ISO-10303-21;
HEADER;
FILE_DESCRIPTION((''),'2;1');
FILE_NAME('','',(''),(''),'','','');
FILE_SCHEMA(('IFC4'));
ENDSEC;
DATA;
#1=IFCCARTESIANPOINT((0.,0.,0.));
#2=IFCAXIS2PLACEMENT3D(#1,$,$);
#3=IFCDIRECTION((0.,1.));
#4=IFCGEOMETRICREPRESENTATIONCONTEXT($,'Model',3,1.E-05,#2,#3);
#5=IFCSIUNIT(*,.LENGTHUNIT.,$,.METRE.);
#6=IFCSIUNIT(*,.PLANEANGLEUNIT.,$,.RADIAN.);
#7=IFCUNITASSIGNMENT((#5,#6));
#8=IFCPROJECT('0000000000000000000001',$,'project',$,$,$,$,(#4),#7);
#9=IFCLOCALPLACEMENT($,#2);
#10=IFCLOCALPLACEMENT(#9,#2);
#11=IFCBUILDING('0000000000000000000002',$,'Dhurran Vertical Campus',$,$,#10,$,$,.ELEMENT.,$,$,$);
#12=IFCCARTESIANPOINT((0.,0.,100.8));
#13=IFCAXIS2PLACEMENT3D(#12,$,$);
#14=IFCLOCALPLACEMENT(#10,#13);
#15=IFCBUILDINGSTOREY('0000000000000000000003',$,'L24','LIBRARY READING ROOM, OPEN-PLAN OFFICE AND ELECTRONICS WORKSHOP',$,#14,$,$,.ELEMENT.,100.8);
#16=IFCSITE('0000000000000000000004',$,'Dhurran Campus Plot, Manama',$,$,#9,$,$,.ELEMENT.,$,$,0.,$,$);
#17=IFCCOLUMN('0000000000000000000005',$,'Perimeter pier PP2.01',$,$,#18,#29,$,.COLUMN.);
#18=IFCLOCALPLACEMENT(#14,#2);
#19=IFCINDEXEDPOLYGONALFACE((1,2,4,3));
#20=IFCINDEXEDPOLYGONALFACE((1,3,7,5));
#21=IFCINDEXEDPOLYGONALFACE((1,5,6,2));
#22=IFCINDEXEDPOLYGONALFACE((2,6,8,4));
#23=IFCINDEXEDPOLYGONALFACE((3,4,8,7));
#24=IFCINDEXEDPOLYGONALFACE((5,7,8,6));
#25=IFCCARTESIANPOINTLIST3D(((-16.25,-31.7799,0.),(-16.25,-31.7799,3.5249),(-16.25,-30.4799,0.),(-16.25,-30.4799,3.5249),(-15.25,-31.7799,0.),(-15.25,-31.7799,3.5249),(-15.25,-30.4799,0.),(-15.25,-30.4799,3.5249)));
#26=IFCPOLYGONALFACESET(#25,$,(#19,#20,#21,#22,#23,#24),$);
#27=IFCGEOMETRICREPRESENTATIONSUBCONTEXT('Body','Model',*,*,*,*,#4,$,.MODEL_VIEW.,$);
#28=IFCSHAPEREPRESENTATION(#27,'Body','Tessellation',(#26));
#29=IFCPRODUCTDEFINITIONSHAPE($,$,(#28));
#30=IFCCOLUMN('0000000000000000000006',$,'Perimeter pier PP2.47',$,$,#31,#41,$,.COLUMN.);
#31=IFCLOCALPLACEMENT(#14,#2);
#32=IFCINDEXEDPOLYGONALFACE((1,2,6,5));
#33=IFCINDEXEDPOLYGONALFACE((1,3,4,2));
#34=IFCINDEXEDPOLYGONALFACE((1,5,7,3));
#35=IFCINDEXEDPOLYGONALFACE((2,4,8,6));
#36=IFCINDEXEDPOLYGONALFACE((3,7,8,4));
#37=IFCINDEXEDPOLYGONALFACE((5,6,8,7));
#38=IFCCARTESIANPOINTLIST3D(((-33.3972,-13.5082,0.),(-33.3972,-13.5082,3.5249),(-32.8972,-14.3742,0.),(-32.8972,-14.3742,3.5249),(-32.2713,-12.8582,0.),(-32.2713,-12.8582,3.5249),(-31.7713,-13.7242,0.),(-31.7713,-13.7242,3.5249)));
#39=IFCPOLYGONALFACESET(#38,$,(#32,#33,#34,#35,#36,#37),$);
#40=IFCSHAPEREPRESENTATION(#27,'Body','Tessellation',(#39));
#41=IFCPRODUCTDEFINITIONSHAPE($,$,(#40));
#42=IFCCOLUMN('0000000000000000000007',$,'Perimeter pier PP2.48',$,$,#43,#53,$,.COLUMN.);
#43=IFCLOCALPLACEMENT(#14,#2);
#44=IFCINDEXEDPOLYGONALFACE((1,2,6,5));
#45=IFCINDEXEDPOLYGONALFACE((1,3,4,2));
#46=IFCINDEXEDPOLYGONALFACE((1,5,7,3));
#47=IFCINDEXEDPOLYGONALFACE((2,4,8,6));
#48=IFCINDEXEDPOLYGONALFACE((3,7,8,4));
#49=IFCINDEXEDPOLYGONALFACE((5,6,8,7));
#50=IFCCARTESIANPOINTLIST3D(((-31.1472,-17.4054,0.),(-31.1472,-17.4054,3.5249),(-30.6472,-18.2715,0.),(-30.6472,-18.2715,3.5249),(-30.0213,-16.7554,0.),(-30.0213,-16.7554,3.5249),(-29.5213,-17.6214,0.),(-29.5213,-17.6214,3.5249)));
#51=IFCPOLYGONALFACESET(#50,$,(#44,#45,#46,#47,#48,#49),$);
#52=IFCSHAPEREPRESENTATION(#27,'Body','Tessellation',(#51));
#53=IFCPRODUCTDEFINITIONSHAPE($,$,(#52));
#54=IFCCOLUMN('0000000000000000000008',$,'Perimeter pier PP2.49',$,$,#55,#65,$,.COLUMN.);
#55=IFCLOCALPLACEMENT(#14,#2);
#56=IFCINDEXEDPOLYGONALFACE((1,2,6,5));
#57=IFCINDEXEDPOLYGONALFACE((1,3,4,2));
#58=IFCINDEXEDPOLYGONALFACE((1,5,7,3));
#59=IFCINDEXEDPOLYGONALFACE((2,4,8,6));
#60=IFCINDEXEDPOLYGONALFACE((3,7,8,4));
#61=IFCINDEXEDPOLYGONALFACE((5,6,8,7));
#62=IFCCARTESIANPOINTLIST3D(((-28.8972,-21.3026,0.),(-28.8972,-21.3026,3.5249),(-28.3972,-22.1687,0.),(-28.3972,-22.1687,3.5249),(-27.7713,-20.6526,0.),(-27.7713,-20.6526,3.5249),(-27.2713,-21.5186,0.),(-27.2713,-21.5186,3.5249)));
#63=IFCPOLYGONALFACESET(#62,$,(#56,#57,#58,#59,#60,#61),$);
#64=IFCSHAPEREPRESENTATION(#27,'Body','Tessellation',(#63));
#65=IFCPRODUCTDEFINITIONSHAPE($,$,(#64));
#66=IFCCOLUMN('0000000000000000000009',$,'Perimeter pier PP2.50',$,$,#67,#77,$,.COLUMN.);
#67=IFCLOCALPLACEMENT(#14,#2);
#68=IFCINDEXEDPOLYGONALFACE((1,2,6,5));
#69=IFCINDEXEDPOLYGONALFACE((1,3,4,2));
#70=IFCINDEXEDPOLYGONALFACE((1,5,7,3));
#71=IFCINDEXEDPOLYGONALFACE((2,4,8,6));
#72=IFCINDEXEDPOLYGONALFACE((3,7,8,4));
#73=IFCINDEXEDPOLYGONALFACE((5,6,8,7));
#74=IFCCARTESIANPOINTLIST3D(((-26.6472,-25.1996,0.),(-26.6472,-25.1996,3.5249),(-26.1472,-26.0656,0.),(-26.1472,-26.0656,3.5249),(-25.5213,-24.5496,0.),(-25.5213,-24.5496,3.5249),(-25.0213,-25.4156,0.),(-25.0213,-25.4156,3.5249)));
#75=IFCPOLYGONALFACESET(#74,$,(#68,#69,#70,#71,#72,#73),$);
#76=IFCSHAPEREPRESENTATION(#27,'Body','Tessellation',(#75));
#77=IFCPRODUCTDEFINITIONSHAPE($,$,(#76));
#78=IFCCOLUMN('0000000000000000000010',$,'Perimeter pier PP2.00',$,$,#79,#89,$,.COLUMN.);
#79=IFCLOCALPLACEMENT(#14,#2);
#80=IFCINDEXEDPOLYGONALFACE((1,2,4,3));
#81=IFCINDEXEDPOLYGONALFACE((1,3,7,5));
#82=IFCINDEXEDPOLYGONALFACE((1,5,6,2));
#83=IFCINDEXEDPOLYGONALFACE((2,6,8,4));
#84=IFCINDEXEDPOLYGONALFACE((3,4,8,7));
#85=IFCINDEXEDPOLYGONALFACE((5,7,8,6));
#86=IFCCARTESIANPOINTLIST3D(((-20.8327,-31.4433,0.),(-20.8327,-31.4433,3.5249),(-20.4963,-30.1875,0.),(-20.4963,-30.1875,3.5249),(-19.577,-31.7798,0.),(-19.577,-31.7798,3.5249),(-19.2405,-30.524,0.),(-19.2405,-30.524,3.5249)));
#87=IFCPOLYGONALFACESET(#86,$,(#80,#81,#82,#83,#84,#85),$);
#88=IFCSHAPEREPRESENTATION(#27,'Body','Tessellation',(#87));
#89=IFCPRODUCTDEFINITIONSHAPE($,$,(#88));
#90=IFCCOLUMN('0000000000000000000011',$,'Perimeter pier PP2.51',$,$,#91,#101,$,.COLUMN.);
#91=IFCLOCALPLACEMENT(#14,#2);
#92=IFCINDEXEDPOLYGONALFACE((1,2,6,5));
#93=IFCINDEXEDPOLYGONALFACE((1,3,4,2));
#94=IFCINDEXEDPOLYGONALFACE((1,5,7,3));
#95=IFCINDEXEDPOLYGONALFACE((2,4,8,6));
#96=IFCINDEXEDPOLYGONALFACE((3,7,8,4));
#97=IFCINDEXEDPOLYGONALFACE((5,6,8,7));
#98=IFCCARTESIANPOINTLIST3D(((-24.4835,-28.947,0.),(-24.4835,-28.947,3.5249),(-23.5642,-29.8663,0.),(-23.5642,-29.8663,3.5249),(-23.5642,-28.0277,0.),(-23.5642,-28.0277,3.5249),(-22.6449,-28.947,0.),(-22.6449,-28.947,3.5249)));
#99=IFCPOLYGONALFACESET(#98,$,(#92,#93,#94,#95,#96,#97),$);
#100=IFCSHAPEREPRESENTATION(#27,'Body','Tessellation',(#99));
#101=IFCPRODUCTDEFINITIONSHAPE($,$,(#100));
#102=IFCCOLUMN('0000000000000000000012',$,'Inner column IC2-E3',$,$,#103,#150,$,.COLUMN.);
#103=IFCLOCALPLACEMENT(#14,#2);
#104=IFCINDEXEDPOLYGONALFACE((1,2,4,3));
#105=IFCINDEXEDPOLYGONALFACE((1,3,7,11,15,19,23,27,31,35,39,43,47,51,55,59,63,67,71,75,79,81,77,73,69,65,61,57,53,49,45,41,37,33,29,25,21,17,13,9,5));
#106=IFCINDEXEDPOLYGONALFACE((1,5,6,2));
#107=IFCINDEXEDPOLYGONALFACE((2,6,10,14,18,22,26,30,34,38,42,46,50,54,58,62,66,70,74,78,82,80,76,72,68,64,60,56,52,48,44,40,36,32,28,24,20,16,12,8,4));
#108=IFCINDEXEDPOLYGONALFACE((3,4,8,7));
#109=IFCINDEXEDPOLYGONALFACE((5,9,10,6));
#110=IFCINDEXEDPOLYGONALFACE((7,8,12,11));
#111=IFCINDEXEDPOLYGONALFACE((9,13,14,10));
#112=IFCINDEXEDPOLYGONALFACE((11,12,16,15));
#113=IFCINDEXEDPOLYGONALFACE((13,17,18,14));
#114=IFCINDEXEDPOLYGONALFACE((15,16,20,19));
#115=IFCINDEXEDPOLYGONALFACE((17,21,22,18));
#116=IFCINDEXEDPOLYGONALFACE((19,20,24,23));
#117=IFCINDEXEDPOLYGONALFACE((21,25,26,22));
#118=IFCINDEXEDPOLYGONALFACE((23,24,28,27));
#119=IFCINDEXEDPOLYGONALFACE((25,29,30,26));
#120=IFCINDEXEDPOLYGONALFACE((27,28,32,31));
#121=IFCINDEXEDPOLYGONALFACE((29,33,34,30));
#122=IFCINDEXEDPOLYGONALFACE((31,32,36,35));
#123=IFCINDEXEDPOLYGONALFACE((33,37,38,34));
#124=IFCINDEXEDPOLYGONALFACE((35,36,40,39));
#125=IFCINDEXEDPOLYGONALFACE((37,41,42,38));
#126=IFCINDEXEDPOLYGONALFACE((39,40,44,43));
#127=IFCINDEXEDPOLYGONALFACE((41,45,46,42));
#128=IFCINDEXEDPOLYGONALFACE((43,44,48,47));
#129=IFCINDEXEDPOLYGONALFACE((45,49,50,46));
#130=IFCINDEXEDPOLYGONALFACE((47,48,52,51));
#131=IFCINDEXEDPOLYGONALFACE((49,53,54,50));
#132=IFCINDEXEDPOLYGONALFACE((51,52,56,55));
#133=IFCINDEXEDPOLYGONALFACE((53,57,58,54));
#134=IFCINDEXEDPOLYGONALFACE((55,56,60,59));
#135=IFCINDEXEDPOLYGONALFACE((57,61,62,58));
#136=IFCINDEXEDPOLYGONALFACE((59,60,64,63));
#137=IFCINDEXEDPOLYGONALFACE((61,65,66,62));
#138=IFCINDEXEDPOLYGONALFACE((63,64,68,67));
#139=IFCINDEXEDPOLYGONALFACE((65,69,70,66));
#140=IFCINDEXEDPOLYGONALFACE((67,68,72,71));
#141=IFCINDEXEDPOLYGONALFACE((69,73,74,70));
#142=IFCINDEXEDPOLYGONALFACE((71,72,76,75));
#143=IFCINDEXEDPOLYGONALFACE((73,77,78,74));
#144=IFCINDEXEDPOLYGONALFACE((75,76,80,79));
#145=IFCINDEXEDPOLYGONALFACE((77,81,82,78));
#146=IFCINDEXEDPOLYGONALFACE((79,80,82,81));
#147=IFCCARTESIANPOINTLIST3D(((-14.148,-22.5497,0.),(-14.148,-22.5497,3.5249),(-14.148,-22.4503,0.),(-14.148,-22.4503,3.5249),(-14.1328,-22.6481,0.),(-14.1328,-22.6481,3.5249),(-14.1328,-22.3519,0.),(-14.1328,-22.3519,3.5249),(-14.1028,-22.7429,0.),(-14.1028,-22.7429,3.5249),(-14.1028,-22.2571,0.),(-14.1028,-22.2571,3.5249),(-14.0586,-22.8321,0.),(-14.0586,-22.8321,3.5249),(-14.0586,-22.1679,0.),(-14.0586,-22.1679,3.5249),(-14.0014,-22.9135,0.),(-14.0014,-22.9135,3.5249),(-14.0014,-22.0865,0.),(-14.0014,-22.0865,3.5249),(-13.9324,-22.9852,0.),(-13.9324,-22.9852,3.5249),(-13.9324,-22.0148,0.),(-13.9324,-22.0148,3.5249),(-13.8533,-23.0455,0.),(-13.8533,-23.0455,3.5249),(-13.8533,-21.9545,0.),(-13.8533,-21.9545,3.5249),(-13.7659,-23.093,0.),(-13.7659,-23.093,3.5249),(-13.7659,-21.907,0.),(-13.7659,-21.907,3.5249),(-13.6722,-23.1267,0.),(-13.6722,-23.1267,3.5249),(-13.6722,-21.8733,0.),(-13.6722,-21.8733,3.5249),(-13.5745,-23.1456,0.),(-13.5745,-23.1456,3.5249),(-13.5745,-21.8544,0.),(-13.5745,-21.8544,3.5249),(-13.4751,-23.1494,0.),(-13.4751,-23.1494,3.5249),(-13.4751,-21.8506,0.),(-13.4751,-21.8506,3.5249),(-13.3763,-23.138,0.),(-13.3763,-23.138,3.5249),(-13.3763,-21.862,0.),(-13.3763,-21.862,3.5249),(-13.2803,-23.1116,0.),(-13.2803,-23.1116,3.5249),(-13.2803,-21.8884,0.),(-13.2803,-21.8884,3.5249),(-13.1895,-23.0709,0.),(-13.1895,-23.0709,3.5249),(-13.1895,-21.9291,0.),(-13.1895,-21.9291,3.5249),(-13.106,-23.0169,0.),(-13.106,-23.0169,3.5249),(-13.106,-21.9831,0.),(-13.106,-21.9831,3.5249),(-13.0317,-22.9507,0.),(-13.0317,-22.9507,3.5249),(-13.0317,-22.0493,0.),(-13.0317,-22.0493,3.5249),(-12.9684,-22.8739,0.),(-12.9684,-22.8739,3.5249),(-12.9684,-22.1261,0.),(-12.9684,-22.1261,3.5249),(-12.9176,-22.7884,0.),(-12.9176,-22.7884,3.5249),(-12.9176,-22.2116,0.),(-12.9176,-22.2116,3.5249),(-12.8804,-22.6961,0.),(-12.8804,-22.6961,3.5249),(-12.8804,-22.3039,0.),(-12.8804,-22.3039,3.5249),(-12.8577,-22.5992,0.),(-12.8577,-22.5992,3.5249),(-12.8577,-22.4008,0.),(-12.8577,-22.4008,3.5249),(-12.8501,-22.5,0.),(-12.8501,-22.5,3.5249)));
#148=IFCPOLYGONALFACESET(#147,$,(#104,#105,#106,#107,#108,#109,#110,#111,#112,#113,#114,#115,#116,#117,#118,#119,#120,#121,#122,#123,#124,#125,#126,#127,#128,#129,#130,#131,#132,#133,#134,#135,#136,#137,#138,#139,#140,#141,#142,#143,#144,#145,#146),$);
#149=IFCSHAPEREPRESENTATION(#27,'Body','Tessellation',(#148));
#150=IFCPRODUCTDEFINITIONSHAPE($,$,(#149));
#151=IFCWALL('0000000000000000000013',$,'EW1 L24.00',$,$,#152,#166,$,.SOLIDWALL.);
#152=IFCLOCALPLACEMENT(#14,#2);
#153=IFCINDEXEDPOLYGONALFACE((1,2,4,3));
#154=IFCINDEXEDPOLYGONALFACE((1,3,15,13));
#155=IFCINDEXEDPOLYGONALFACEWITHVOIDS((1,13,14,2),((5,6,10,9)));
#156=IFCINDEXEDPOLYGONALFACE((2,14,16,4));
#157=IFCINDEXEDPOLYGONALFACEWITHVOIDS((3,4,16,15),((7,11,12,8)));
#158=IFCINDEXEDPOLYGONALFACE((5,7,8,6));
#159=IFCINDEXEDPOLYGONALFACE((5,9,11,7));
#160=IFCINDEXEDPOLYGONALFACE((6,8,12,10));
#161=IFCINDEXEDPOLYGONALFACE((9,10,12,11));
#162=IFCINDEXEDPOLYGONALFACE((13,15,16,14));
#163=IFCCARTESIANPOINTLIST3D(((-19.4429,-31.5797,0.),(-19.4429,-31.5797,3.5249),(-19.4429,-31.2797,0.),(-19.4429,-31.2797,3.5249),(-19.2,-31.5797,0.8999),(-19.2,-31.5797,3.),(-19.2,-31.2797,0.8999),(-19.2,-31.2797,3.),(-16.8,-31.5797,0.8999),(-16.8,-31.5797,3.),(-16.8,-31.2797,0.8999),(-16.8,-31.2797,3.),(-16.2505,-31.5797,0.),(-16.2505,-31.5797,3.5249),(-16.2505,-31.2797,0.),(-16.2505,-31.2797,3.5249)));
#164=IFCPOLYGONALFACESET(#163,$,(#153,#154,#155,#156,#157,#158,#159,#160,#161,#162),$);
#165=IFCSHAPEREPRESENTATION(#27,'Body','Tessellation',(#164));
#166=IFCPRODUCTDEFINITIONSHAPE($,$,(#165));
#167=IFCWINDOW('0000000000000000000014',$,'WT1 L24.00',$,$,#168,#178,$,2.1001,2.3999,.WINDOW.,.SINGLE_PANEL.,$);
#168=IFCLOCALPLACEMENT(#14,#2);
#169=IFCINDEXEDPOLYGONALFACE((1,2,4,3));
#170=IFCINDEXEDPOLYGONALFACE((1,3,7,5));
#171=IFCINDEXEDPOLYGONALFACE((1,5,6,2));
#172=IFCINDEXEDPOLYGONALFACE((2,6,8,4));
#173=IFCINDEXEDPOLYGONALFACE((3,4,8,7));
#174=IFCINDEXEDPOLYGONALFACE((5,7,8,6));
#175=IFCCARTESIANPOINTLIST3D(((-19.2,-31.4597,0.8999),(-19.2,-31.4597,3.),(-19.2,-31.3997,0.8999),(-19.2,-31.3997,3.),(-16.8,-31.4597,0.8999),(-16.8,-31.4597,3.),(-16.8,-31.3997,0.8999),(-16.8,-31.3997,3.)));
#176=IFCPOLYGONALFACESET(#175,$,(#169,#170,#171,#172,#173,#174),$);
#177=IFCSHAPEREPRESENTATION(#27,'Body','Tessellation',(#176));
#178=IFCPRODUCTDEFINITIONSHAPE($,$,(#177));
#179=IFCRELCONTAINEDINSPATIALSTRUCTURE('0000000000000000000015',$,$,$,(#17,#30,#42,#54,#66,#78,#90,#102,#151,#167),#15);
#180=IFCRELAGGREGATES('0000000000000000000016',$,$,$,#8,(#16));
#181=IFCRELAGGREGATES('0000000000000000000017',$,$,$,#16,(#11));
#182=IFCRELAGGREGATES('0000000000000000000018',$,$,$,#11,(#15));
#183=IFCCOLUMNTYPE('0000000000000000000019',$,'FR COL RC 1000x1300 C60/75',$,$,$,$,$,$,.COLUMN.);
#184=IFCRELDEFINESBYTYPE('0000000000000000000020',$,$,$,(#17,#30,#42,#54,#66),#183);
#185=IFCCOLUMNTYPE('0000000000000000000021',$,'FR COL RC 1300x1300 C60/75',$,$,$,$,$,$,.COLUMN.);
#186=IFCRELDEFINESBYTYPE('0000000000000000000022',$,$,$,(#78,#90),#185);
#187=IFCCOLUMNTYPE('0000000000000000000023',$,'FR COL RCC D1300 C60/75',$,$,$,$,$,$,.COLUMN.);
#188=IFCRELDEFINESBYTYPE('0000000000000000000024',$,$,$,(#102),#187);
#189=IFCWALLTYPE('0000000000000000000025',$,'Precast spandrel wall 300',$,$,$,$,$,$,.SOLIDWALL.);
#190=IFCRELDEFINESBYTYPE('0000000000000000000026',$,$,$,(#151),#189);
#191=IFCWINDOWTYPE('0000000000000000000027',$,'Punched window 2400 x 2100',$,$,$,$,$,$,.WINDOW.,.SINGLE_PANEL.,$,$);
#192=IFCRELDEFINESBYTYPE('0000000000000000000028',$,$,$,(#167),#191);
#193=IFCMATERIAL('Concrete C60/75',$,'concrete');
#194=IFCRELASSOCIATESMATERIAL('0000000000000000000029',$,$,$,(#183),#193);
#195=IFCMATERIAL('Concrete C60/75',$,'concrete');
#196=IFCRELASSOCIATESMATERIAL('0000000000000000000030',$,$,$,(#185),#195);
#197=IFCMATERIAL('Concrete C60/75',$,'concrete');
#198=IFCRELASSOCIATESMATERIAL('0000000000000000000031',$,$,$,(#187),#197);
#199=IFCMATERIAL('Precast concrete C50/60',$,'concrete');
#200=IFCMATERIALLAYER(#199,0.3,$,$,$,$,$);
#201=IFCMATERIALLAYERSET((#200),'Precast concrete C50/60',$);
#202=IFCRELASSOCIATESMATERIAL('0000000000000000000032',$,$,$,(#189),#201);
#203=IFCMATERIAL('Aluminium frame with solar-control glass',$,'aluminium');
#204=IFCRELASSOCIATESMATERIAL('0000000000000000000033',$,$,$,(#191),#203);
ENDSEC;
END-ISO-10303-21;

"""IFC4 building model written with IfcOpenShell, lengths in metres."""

from ifc_helpers import new_model, si_unit, direction, frame, frame_2d, origin, origin_2d, place, context, subcontext, project, spatial, rectangle, circle, extrude, material, layer, layer_set, material_profile, profile_set, type_object, element, fill, save


model = new_model("IFC4")

# Units and contexts
model_context = context("Model", 3, precision=1e-05, world=origin(), true_north=direction((0.0, 1.0)))
body_context = subcontext(model_context, "Body", "Model", "MODEL_VIEW")
ifc_project = project(units=[si_unit("LENGTHUNIT", "METRE"), si_unit("PLANEANGLEUNIT", "RADIAN")], contexts=[model_context])

# Site, building, storey
site_placement = place(None, origin())
site = spatial("IfcSite", under=ifc_project, at=site_placement, Name="Dhurran Campus Plot, Manama", CompositionType="ELEMENT", RefElevation=0.0)
building_placement = place(site_placement, origin())
building = spatial("IfcBuilding", under=site, at=building_placement, Name="Dhurran Vertical Campus", CompositionType="ELEMENT")
storey_placement = place(building_placement, frame((0.0, 0.0, 100.8)))
storey = spatial("IfcBuildingStorey", under=building, at=storey_placement, Name="L24", Description="LIBRARY READING ROOM, OPEN-PLAN OFFICE AND ELECTRONICS WORKSHOP", CompositionType="ELEMENT", Elevation=100.8)

# Columns
ifc_material_1 = material(Name="Concrete C60/75", Category="concrete")
ifc_material_profile_1 = material_profile(ifc_material_1, rectangle(XDim=1.0, YDim=1.3, at=origin_2d()), Name="RC 1000x1300")
ifc_profile_set_1 = profile_set([ifc_material_profile_1], Name="Concrete C60/75")
column_type_1 = type_object("IfcColumnType", Name="FR COL RC 1000x1300 C60/75", PredefinedType="COLUMN", material=ifc_profile_set_1)
for number, where, z_axis, x_axis, name in (
    (1, (-15.75, -31.1299, 0.0), (0.0, 0.0, 1.0), (1.0, 0.0, 0.0), "Perimeter pier PP2.01"),
    (2, (-32.5842, -13.6162, 0.0), (0.0, 0.0, 1.0), (0.5, -0.866025, 0.0), "Perimeter pier PP2.47"),
    (3, (-30.3342, -17.5134, 0.0), (0.0, 0.0, 1.0), (0.5, -0.866025, 0.0), "Perimeter pier PP2.48"),
    (4, (-28.0842, -21.4106, 0.0), (0.0, 0.0, 1.0), (0.5, -0.866025, 0.0), "Perimeter pier PP2.49"),
    (5, (-25.8342, -25.3076, 0.0), (0.0, 0.0, 1.0), (0.5, -0.866025, 0.0), "Perimeter pier PP2.50"),
):
    element("IfcColumn", number, at=place(storey_placement, frame(where, z_axis=z_axis, x_axis=x_axis)), inside=storey, type_object=column_type_1, Name=name, PredefinedType="COLUMN", context=body_context, shape_type="SweptSolid", body=[
        extrude(rectangle(XDim=1.0, YDim=1.3, at=origin_2d()), origin(), (0.0, 0.0, 1.0), 3.5249),
    ])
ifc_material_2 = material(Name="Concrete C60/75", Category="concrete")
ifc_material_profile_2 = material_profile(ifc_material_2, rectangle(XDim=1.3, YDim=1.3, at=origin_2d()), Name="RC 1300x1300")
ifc_profile_set_2 = profile_set([ifc_material_profile_2], Name="Concrete C60/75")
column_type_2 = type_object("IfcColumnType", Name="FR COL RC 1300x1300 C60/75", PredefinedType="COLUMN", material=ifc_profile_set_2)
for number, where, z_axis, x_axis, name in (
    (6, (-20.0366, -30.9836, 0.0), (0.0, 0.0, 1.0), (0.965926, -0.258819, 0.0), "Perimeter pier PP2.00"),
    (7, (-23.5642, -28.947, 0.0), (0.0, 0.0, 1.0), (0.707107, -0.707107, 0.0), "Perimeter pier PP2.51"),
):
    element("IfcColumn", number, at=place(storey_placement, frame(where, z_axis=z_axis, x_axis=x_axis)), inside=storey, type_object=column_type_2, Name=name, PredefinedType="COLUMN", context=body_context, shape_type="SweptSolid", body=[
        extrude(rectangle(XDim=1.3, YDim=1.3, at=origin_2d()), origin(), (0.0, 0.0, 1.0), 3.5249),
    ])
ifc_material_3 = material(Name="Concrete C60/75", Category="concrete")
ifc_material_profile_3 = material_profile(ifc_material_3, circle(Radius=0.6499, at=origin_2d()), Name="RCC D1300")
ifc_profile_set_3 = profile_set([ifc_material_profile_3], Name="Concrete C60/75")
column_type_3 = type_object("IfcColumnType", Name="FR COL RCC D1300 C60/75", PredefinedType="COLUMN", material=ifc_profile_set_3)
column_placement = place(storey_placement, frame((-13.5, -22.5, 0.0), z_axis=(0.0, 0.0, 1.0), x_axis=(1.0, 0.0, 0.0)))
element("IfcColumn", 8, at=column_placement, inside=storey, type_object=column_type_3, Name="Inner column IC2-E3", PredefinedType="COLUMN", context=body_context, shape_type="SweptSolid", body=[
    extrude(circle(Radius=0.6499, at=origin_2d()), origin(), (0.0, 0.0, 1.0), 3.5249),
])

# Wall, opening, window
ifc_material_4 = material(Name="Precast concrete C50/60", Category="concrete")
ifc_layer_1 = layer(ifc_material_4, 0.3)
ifc_layer_set_1 = layer_set([ifc_layer_1], Name="Precast concrete C50/60")
wall_type_1 = type_object("IfcWallType", Name="Precast spandrel wall 300", PredefinedType="SOLIDWALL", material=ifc_layer_set_1)
wall_1_placement = place(storey_placement, frame((-19.4429, -31.4297, 0.0), z_axis=(0.0, 0.0, 1.0), x_axis=(1.0, 0.0, 0.0)))
wall_1 = element("IfcWall", 9, at=wall_1_placement, inside=storey, type_object=wall_type_1, Name="EW1 L24.00", PredefinedType="SOLIDWALL", context=body_context, shape_type="SweptSolid", body=[
    extrude(rectangle(XDim=3.1924, YDim=0.3, at=frame_2d((1.5962, 0.0))), origin(), (0.0, 0.0, 1.0), 3.5249),
])
opening_1_placement = place(wall_1_placement, frame((0.2429, 0.0, 0.8999)))
opening_1 = element("IfcOpeningElement", 10, at=opening_1_placement, cuts=wall_1, PredefinedType="OPENING", context=body_context, shape_type="SweptSolid", body=[
    extrude(rectangle(XDim=2.3999, YDim=2.1001, at=frame_2d((1.2, 1.05))), frame((0.0, 0.1599, 0.0), z_axis=(0.0, -1.0, 0.0), x_axis=(1.0, 0.0, 0.0)), (0.0, 0.0, 1.0), 0.3201),
])
ifc_material_5 = material(Name="Aluminium frame with solar-control glass", Category="aluminium")
window_type = type_object("IfcWindowType", Name="Punched window 2400 x 2100", PartitioningType="SINGLE_PANEL", PredefinedType="WINDOW", material=ifc_material_5)
window_1_placement = place(opening_1_placement, origin())
window_1 = element("IfcWindow", 11, at=window_1_placement, inside=storey, type_object=window_type, Name="WT1 L24.00", OverallHeight=2.1001, OverallWidth=2.3999, PartitioningType="SINGLE_PANEL", PredefinedType="WINDOW", context=body_context, shape_type="SweptSolid", body=[
    extrude(rectangle(XDim=2.3999, YDim=2.1001, at=frame_2d((1.2, 1.05))), frame((0.0, 0.03, 0.0), z_axis=(0.0, -1.0, 0.0), x_axis=(1.0, 0.0, 0.0)), (0.0, 0.0, 1.0), 0.0601),
])
fill(opening_1, window_1)

save(model, "model.ifc")
